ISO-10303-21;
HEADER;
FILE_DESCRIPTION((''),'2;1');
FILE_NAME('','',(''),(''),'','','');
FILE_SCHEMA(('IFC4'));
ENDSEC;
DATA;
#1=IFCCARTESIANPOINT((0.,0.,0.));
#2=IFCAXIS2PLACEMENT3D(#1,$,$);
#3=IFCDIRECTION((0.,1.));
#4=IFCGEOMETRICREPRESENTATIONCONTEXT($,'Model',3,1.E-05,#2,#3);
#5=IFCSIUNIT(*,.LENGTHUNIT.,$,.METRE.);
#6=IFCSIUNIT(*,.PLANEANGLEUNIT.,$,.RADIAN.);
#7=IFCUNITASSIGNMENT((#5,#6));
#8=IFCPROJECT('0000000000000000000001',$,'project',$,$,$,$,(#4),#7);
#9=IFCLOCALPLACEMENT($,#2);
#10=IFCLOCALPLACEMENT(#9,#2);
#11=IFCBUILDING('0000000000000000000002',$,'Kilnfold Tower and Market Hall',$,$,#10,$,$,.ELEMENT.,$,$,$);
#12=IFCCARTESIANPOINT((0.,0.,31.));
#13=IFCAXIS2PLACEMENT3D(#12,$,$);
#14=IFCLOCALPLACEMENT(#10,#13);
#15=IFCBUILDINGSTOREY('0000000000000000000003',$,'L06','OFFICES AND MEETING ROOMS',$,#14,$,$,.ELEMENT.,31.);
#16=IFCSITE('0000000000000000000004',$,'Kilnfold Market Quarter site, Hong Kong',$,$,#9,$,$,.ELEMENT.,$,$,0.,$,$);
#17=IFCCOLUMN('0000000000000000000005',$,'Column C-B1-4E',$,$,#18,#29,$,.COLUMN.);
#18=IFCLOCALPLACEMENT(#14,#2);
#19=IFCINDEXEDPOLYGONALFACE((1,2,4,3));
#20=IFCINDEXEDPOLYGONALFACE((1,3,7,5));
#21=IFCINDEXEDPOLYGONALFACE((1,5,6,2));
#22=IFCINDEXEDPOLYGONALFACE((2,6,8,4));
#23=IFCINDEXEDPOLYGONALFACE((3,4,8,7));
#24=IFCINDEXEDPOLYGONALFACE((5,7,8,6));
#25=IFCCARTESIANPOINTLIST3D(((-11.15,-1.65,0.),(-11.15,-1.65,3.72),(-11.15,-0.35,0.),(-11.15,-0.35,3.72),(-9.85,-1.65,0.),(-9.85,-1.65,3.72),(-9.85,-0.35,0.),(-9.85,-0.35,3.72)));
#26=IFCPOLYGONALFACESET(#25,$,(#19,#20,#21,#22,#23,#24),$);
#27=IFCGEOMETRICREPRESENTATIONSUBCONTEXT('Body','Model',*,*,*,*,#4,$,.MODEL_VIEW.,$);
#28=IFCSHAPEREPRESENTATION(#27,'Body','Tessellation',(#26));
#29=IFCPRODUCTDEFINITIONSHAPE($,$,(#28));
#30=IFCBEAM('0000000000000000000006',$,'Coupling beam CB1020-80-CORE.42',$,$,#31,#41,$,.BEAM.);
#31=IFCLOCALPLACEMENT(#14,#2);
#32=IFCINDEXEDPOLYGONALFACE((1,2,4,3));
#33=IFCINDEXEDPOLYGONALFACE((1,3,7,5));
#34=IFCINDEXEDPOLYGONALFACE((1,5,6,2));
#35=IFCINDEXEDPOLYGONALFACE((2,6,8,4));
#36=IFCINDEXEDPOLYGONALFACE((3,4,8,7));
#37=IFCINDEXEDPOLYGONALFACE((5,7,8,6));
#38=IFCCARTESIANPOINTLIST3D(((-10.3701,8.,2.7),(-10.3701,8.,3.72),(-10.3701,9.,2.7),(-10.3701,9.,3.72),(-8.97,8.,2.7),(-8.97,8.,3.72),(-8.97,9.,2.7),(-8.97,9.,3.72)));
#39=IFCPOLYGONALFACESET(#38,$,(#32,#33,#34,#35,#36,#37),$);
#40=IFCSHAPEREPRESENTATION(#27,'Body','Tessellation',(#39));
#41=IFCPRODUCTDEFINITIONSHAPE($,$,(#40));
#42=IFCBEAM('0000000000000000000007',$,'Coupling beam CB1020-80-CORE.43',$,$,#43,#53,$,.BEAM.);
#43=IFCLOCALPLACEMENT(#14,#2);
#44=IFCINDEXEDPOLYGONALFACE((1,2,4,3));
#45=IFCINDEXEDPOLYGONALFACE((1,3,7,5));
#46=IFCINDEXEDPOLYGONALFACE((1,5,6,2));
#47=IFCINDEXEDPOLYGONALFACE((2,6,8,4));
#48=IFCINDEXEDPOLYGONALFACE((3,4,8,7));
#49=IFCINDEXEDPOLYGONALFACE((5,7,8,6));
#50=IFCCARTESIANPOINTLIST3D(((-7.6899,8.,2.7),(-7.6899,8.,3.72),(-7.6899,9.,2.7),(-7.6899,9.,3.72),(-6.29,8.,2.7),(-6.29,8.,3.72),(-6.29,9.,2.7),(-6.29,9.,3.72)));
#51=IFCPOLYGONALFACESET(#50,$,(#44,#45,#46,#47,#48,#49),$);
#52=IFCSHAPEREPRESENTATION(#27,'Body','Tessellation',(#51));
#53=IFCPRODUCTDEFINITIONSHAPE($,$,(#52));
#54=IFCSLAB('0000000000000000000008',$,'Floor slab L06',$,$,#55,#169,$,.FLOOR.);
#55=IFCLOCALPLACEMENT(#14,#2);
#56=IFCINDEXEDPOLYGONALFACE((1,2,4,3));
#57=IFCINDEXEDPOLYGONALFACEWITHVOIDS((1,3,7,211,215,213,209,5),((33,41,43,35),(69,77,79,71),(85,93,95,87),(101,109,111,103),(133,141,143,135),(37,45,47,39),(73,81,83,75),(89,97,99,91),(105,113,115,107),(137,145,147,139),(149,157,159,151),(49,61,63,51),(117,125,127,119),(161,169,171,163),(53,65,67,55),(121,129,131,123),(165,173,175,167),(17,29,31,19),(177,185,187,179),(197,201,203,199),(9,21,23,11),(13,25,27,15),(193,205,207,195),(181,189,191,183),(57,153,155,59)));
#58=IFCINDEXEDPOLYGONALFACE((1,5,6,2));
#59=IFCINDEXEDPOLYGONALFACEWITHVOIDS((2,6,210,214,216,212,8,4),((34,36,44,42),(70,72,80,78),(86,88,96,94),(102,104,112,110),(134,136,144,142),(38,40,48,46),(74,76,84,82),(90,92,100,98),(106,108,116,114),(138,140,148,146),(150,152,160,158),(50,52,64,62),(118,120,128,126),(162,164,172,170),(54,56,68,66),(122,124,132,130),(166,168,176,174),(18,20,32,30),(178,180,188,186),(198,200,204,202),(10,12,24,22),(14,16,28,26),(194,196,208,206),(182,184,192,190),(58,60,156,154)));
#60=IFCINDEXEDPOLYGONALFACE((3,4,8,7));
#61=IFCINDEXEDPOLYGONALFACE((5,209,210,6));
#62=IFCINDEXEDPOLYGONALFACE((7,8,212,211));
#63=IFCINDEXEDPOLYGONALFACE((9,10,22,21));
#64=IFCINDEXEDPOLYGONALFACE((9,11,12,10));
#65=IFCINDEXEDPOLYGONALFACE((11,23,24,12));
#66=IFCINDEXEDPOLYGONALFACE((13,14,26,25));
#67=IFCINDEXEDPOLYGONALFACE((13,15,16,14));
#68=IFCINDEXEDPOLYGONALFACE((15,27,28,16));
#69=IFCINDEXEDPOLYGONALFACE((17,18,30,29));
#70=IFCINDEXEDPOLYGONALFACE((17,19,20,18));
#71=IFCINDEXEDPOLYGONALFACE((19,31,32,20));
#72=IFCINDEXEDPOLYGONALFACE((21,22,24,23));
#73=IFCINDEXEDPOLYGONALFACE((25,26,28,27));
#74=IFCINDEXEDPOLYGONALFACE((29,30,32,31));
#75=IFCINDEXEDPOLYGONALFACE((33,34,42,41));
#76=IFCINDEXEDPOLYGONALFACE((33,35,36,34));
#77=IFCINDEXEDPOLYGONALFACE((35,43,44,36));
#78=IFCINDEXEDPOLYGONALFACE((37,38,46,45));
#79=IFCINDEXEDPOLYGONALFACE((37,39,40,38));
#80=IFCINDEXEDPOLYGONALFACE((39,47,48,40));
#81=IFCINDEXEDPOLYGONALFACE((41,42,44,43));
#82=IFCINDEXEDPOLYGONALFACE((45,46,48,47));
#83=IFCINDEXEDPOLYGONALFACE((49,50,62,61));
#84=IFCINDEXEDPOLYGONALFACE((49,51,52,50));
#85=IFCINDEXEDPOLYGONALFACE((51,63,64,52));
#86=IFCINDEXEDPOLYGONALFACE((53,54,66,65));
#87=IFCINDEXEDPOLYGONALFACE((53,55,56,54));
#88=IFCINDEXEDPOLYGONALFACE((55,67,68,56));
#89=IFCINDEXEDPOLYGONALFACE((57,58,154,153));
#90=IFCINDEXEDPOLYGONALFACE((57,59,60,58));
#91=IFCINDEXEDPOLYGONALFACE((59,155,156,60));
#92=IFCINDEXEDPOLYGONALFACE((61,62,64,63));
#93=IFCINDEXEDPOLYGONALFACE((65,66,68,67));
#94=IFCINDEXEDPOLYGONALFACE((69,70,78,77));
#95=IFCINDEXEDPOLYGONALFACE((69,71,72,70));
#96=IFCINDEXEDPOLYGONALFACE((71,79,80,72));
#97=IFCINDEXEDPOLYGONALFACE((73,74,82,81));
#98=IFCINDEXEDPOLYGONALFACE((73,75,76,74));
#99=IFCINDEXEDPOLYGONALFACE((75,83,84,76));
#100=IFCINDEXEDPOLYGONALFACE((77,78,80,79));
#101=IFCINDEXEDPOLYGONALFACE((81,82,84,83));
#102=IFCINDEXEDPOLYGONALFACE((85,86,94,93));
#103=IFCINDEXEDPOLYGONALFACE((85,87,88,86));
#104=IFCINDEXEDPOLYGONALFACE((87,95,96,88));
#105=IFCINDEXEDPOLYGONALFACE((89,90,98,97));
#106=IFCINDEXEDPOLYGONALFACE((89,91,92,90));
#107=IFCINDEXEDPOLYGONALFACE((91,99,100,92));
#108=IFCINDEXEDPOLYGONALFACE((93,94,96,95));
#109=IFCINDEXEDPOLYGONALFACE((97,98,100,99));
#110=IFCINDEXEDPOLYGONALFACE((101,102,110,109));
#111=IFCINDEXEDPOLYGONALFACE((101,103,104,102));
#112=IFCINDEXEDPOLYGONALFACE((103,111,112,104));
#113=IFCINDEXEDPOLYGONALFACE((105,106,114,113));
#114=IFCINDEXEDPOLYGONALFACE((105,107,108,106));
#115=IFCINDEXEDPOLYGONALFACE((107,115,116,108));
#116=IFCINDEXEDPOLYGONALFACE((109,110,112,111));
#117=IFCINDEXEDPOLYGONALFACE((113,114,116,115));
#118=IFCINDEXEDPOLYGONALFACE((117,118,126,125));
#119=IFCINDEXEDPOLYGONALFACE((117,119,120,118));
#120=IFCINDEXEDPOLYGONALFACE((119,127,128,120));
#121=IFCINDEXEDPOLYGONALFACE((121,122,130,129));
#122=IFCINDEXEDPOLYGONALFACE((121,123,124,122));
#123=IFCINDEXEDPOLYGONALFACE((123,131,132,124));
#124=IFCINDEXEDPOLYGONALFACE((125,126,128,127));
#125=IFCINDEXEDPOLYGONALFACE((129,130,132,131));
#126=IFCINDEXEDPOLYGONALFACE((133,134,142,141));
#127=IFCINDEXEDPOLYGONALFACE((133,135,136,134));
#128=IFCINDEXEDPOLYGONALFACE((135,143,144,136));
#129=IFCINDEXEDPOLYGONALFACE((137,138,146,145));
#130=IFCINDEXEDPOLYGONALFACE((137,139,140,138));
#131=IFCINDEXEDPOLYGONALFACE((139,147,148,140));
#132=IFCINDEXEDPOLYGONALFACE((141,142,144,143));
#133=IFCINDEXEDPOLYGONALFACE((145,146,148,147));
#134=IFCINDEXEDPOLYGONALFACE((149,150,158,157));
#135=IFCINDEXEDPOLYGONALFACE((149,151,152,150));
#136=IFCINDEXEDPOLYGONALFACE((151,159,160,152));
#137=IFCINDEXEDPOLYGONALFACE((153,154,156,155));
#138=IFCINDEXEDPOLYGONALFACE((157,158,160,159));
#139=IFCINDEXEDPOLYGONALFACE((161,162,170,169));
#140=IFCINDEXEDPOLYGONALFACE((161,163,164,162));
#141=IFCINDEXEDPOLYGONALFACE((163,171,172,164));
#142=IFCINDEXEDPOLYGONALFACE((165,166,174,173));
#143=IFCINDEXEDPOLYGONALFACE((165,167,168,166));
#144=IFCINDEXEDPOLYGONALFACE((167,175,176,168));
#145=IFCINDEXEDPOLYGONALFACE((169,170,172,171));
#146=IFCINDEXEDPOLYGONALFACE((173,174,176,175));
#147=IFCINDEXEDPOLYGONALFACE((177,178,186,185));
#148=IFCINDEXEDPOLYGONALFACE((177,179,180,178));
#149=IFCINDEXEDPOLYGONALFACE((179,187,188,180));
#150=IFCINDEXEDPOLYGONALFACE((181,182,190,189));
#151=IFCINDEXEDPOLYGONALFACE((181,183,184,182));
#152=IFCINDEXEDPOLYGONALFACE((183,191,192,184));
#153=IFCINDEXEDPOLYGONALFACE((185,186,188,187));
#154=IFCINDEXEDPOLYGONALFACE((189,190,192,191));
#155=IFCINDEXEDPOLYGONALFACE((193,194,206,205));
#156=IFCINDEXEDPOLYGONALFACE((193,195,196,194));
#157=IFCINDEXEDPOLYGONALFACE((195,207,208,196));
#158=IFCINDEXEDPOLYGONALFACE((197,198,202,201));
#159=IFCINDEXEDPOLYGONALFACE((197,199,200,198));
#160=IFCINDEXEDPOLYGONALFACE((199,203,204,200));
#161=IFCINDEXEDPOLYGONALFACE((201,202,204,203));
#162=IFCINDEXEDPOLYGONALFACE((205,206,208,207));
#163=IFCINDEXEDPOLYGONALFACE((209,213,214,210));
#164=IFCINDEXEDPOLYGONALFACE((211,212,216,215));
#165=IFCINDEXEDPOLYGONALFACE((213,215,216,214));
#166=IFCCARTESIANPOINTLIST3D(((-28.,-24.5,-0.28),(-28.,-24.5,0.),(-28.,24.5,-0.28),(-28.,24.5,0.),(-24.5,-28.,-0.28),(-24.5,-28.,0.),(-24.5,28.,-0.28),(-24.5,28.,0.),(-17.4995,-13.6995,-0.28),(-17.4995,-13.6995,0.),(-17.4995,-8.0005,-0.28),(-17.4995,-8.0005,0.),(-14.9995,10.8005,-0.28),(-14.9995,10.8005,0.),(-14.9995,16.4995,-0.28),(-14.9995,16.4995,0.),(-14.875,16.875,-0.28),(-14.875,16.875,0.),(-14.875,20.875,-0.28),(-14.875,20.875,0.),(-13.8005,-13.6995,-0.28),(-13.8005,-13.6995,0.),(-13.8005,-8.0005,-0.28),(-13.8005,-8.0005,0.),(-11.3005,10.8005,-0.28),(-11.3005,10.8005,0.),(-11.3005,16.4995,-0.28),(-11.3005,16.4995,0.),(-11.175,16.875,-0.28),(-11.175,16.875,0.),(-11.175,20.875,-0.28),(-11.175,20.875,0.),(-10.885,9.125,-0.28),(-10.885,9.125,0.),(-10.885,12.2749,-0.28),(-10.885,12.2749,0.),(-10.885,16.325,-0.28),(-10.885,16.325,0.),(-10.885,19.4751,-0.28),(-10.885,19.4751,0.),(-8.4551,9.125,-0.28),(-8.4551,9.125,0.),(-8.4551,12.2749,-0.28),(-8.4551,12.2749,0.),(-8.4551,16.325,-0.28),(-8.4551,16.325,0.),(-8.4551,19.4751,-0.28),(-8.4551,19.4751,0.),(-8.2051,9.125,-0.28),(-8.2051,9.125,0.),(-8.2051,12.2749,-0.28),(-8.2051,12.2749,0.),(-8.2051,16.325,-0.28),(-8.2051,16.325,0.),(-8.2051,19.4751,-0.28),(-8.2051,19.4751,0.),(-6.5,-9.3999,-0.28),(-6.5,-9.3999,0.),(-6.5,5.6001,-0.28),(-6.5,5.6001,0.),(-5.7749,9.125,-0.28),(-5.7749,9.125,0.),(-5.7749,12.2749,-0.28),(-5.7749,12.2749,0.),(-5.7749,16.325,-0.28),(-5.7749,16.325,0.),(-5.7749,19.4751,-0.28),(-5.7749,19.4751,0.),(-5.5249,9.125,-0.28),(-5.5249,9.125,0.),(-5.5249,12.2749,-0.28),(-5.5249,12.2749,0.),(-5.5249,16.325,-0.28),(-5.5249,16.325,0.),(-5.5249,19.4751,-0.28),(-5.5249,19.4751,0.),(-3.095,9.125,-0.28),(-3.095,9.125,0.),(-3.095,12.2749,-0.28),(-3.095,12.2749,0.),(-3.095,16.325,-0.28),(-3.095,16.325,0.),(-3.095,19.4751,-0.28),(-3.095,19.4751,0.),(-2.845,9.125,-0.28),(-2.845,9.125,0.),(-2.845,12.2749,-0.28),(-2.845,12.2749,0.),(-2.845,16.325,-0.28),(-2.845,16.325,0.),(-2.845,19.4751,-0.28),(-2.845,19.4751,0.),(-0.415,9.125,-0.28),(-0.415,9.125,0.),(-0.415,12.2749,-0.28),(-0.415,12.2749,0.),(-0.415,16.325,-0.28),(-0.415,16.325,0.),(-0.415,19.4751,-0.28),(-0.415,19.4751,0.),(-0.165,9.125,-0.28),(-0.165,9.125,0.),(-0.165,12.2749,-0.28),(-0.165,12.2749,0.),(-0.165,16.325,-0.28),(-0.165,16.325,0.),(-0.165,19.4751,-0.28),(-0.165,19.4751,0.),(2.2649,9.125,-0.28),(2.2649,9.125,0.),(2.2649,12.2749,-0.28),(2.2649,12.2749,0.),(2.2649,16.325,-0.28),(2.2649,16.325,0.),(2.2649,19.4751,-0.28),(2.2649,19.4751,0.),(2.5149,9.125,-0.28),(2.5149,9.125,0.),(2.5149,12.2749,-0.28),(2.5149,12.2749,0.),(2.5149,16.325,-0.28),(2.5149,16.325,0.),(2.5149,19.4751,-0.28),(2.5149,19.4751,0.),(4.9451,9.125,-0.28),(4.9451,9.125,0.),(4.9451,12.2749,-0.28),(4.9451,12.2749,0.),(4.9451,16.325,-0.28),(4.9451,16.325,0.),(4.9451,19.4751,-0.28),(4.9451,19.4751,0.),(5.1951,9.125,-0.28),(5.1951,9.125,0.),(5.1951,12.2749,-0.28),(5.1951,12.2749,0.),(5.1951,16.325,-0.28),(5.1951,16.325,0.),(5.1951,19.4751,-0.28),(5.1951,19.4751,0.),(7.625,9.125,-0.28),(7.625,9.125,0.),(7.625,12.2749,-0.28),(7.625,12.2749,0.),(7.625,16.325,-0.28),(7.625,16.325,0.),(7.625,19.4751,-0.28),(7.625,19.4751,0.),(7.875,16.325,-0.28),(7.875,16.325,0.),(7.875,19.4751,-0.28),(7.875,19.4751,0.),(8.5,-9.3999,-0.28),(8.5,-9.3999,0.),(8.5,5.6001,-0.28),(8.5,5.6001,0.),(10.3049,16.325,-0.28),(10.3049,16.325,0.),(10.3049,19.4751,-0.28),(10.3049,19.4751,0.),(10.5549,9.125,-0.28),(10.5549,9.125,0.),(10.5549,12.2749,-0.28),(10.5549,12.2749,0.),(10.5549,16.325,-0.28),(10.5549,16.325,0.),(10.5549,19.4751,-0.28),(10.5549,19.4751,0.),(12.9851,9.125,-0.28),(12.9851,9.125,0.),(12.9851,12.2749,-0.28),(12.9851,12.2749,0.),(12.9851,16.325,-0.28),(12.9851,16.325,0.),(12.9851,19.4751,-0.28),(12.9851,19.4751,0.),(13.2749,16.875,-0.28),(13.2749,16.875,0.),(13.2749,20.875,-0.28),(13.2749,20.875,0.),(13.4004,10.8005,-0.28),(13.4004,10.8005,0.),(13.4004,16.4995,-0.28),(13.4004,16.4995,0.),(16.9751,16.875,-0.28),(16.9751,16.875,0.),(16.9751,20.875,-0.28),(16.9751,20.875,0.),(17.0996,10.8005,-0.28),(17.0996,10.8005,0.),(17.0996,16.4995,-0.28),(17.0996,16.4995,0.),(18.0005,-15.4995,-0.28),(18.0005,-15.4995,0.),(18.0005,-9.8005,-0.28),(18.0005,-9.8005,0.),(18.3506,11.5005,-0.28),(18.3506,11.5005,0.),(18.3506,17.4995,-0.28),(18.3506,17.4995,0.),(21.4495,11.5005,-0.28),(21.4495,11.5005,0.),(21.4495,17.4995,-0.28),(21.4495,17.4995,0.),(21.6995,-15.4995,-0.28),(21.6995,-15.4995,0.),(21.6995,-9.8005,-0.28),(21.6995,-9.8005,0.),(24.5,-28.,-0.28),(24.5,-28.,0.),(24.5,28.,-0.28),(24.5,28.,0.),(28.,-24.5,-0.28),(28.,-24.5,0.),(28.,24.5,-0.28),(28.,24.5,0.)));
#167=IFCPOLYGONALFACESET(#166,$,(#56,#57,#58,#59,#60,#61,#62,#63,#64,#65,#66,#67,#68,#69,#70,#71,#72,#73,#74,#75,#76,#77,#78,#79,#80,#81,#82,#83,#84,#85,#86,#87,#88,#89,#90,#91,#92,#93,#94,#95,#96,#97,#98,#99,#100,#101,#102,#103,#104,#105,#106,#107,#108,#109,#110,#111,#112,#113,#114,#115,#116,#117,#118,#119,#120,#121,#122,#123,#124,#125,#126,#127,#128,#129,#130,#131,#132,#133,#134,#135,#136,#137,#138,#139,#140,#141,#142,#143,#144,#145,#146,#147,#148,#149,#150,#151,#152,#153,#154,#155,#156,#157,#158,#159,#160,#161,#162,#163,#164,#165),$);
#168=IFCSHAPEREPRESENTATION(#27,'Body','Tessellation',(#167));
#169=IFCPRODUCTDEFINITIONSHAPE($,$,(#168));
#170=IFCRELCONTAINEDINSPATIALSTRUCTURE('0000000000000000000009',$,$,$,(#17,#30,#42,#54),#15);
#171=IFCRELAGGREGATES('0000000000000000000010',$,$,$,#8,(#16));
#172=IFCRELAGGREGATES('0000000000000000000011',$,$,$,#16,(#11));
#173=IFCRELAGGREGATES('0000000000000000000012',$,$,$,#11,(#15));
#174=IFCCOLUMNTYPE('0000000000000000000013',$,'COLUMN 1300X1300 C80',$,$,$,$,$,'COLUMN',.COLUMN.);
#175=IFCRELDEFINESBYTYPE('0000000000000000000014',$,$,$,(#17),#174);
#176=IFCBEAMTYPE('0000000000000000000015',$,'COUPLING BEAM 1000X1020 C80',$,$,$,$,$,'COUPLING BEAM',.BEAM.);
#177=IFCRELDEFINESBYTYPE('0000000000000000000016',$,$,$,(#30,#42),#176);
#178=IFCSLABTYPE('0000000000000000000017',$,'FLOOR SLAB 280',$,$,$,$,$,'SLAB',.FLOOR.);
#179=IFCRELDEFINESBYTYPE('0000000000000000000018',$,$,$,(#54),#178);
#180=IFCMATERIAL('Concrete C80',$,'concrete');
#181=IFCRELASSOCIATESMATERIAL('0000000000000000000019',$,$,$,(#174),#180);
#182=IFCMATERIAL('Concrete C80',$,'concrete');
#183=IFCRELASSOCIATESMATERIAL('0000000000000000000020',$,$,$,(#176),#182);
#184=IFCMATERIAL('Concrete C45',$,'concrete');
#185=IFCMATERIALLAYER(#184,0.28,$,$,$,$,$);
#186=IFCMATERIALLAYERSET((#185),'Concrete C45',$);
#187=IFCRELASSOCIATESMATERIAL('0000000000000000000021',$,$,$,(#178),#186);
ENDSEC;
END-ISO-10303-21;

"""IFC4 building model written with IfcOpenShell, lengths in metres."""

from ifc_helpers import new_model, si_unit, direction, frame, origin, origin_2d, place, context, subcontext, project, spatial, polyline, rectangle, outline, extrude, source, transform, mapped, material, layer, layer_set, material_profile, profile_set, type_object, element, save


model = new_model("IFC4")

# Units and contexts
model_context = context("Model", 3, precision=1e-05, world=origin(), true_north=direction((0.0, 1.0)))
body_context = subcontext(model_context, "Body", "Model", "MODEL_VIEW")
ifc_project = project(units=[si_unit("LENGTHUNIT", "METRE"), si_unit("PLANEANGLEUNIT", "RADIAN")], contexts=[model_context])

# Site, building, storey
site_placement = place(None, origin())
site = spatial("IfcSite", under=ifc_project, at=site_placement, Name="Kilnfold Market Quarter site, Hong Kong", CompositionType="ELEMENT", RefElevation=0.0)
building_placement = place(site_placement, origin())
building = spatial("IfcBuilding", under=site, at=building_placement, Name="Kilnfold Tower and Market Hall", CompositionType="ELEMENT")
storey_placement = place(building_placement, frame((0.0, 0.0, 31.0)))
storey = spatial("IfcBuildingStorey", under=building, at=storey_placement, Name="L06", Description="OFFICES AND MEETING ROOMS", CompositionType="ELEMENT", Elevation=31.0)

# Column
ifc_material_1 = material(Name="Concrete C80", Category="concrete")
ifc_material_profile_1 = material_profile(ifc_material_1, rectangle(XDim=1.3, YDim=1.3, at=origin_2d()), Name="RC 1300x1300")
ifc_profile_set_1 = profile_set([ifc_material_profile_1], Name="Concrete C80")
column_type = type_object("IfcColumnType", Name="COLUMN 1300X1300 C80", ElementType="COLUMN", PredefinedType="COLUMN", material=ifc_profile_set_1)
shared_shape_1 = source(origin(), body_context, "Body", "SweptSolid", [
    extrude(rectangle(XDim=1.3, YDim=1.3, at=origin_2d()), origin(), (0.0, 0.0, 1.0), 3.72),
])
column_placement = place(storey_placement, frame((-10.5, -1.0, 0.0), z_axis=(0.0, 0.0, 1.0), x_axis=(1.0, 0.0, 0.0)))
element("IfcColumn", 1, at=column_placement, inside=storey, type_object=column_type, Name="Column C-B1-4E", PredefinedType="COLUMN", context=body_context, shape_type="MappedRepresentation", body=[
    mapped(shared_shape_1, transform((0.0, 0.0, 0.0))),
])

# Beams
ifc_material_2 = material(Name="Concrete C80", Category="concrete")
ifc_material_profile_2 = material_profile(ifc_material_2, rectangle(XDim=1.0, YDim=1.02, at=origin_2d()), Name="RC 1000x1020")
ifc_profile_set_2 = profile_set([ifc_material_profile_2], Name="Concrete C80")
beam_type = type_object("IfcBeamType", Name="COUPLING BEAM 1000X1020 C80", ElementType="COUPLING BEAM", PredefinedType="BEAM", material=ifc_profile_set_2)
shared_shape_2 = source(origin(), body_context, "Body", "SweptSolid", [
    extrude(rectangle(XDim=1.0, YDim=1.02, at=origin_2d()), origin(), (0.0, 0.0, 1.0), 1.4001),
])
beam_1_placement = place(storey_placement, frame((-10.3701, 8.5, 3.21), z_axis=(1.0, 0.0, 0.0), x_axis=(0.0, 1.0, 0.0)))
element("IfcBeam", 2, at=beam_1_placement, inside=storey, type_object=beam_type, Name="Coupling beam CB1020-80-CORE.42", PredefinedType="BEAM", context=body_context, shape_type="MappedRepresentation", body=[
    mapped(shared_shape_2, transform((0.0, 0.0, 0.0))),
])
shared_shape_3 = source(origin(), body_context, "Body", "SweptSolid", [
    extrude(rectangle(XDim=1.0, YDim=1.02, at=origin_2d()), origin(), (0.0, 0.0, 1.0), 1.3999),
])
beam_2_placement = place(storey_placement, frame((-7.6899, 8.5, 3.21), z_axis=(1.0, 0.0, 0.0), x_axis=(0.0, 1.0, 0.0)))
element("IfcBeam", 3, at=beam_2_placement, inside=storey, type_object=beam_type, Name="Coupling beam CB1020-80-CORE.43", PredefinedType="BEAM", context=body_context, shape_type="MappedRepresentation", body=[
    mapped(shared_shape_3, transform((0.0, 0.0, 0.0))),
])

# Slab
ifc_material_3 = material(Name="Concrete C45", Category="concrete")
ifc_layer_1 = layer(ifc_material_3, 0.28)
ifc_layer_set_1 = layer_set([ifc_layer_1], Name="Concrete C45")
slab_type_1 = type_object("IfcSlabType", Name="FLOOR SLAB 280", ElementType="SLAB", PredefinedType="FLOOR", material=ifc_layer_set_1)
shared_shape_4 = source(origin(), body_context, "Body", "SweptSolid", [
    extrude(outline(polyline([(-24.5, -28.0), (24.5, -28.0), (28.0, -24.5), (28.0, 24.5), (24.5, 28.0), (-24.5, 28.0), (-28.0, 24.5), (-28.0, -24.5), (-24.5, -28.0)]), holes=[polyline([(-13.8005, -13.6995), (-17.4995, -13.6995), (-17.4995, -8.0005), (-13.8005, -8.0005), (-13.8005, -13.6995)]), polyline([(-11.3005, 10.8005), (-14.9995, 10.8005), (-14.9995, 16.4995), (-11.3005, 16.4995), (-11.3005, 10.8005)]), polyline([(-11.175, 16.875), (-14.875, 16.875), (-14.875, 20.875), (-11.175, 20.875), (-11.175, 16.875)]), polyline([(-10.885, 9.125), (-10.885, 12.2749), (-8.4551, 12.2749), (-8.4551, 9.125), (-10.885, 9.125)]), polyline([(-10.885, 16.325), (-10.885, 19.4751), (-8.4551, 19.4751), (-8.4551, 16.325), (-10.885, 16.325)]), polyline([(-5.7749, 9.125), (-8.2051, 9.125), (-8.2051, 12.2749), (-5.7749, 12.2749), (-5.7749, 9.125)]), polyline([(-8.2051, 16.325), (-8.2051, 19.4751), (-5.7749, 19.4751), (-5.7749, 16.325), (-8.2051, 16.325)]), polyline([(-6.5, -9.3999), (-6.5, 5.6001), (8.5, 5.6001), (8.5, -9.3999), (-6.5, -9.3999)]), polyline([(-5.5249, 9.125), (-5.5249, 12.2749), (-3.095, 12.2749), (-3.095, 9.125), (-5.5249, 9.125)]), polyline([(-3.095, 16.325), (-5.5249, 16.325), (-5.5249, 19.4751), (-3.095, 19.4751), (-3.095, 16.325)]), polyline([(-2.845, 9.125), (-2.845, 12.2749), (-0.415, 12.2749), (-0.415, 9.125), (-2.845, 9.125)]), polyline([(-2.845, 16.325), (-2.845, 19.4751), (-0.415, 19.4751), (-0.415, 16.325), (-2.845, 16.325)]), polyline([(-0.165, 9.125), (-0.165, 12.2749), (2.2649, 12.2749), (2.2649, 9.125), (-0.165, 9.125)]), polyline([(-0.165, 16.325), (-0.165, 19.4751), (2.2649, 19.4751), (2.2649, 16.325), (-0.165, 16.325)]), polyline([(4.9451, 9.125), (2.5149, 9.125), (2.5149, 12.2749), (4.9451, 12.2749), (4.9451, 9.125)]), polyline([(2.5149, 16.325), (2.5149, 19.4751), (4.9451, 19.4751), (4.9451, 16.325), (2.5149, 16.325)]), polyline([(5.1951, 9.125), (5.1951, 12.2749), (7.625, 12.2749), (7.625, 9.125), (5.1951, 9.125)]), polyline([(5.1951, 16.325), (5.1951, 19.4751), (7.625, 19.4751), (7.625, 16.325), (5.1951, 16.325)]), polyline([(7.875, 16.325), (7.875, 19.4751), (10.3049, 19.4751), (10.3049, 16.325), (7.875, 16.325)]), polyline([(10.5549, 9.125), (10.5549, 12.2749), (12.9851, 12.2749), (12.9851, 9.125), (10.5549, 9.125)]), polyline([(10.5549, 16.325), (10.5549, 19.4751), (12.9851, 19.4751), (12.9851, 16.325), (10.5549, 16.325)]), polyline([(13.2749, 16.875), (13.2749, 20.875), (16.9751, 20.875), (16.9751, 16.875), (13.2749, 16.875)]), polyline([(17.0996, 10.8005), (13.4004, 10.8005), (13.4004, 16.4995), (17.0996, 16.4995), (17.0996, 10.8005)]), polyline([(21.6995, -9.8005), (21.6995, -15.4995), (18.0005, -15.4995), (18.0005, -9.8005), (21.6995, -9.8005)]), polyline([(18.3506, 11.5005), (18.3506, 17.4995), (21.4495, 17.4995), (21.4495, 11.5005), (18.3506, 11.5005)])]), origin(), (0.0, 0.0, 1.0), 0.28),
])
slab_1_placement = place(storey_placement, frame((0.0, 0.0, -0.28)))
element("IfcSlab", 4, at=slab_1_placement, inside=storey, type_object=slab_type_1, Name="Floor slab L06", PredefinedType="FLOOR", context=body_context, shape_type="MappedRepresentation", body=[
    mapped(shared_shape_4, transform((0.0, 0.0, 0.0))),
])

save(model, "model.ifc")
